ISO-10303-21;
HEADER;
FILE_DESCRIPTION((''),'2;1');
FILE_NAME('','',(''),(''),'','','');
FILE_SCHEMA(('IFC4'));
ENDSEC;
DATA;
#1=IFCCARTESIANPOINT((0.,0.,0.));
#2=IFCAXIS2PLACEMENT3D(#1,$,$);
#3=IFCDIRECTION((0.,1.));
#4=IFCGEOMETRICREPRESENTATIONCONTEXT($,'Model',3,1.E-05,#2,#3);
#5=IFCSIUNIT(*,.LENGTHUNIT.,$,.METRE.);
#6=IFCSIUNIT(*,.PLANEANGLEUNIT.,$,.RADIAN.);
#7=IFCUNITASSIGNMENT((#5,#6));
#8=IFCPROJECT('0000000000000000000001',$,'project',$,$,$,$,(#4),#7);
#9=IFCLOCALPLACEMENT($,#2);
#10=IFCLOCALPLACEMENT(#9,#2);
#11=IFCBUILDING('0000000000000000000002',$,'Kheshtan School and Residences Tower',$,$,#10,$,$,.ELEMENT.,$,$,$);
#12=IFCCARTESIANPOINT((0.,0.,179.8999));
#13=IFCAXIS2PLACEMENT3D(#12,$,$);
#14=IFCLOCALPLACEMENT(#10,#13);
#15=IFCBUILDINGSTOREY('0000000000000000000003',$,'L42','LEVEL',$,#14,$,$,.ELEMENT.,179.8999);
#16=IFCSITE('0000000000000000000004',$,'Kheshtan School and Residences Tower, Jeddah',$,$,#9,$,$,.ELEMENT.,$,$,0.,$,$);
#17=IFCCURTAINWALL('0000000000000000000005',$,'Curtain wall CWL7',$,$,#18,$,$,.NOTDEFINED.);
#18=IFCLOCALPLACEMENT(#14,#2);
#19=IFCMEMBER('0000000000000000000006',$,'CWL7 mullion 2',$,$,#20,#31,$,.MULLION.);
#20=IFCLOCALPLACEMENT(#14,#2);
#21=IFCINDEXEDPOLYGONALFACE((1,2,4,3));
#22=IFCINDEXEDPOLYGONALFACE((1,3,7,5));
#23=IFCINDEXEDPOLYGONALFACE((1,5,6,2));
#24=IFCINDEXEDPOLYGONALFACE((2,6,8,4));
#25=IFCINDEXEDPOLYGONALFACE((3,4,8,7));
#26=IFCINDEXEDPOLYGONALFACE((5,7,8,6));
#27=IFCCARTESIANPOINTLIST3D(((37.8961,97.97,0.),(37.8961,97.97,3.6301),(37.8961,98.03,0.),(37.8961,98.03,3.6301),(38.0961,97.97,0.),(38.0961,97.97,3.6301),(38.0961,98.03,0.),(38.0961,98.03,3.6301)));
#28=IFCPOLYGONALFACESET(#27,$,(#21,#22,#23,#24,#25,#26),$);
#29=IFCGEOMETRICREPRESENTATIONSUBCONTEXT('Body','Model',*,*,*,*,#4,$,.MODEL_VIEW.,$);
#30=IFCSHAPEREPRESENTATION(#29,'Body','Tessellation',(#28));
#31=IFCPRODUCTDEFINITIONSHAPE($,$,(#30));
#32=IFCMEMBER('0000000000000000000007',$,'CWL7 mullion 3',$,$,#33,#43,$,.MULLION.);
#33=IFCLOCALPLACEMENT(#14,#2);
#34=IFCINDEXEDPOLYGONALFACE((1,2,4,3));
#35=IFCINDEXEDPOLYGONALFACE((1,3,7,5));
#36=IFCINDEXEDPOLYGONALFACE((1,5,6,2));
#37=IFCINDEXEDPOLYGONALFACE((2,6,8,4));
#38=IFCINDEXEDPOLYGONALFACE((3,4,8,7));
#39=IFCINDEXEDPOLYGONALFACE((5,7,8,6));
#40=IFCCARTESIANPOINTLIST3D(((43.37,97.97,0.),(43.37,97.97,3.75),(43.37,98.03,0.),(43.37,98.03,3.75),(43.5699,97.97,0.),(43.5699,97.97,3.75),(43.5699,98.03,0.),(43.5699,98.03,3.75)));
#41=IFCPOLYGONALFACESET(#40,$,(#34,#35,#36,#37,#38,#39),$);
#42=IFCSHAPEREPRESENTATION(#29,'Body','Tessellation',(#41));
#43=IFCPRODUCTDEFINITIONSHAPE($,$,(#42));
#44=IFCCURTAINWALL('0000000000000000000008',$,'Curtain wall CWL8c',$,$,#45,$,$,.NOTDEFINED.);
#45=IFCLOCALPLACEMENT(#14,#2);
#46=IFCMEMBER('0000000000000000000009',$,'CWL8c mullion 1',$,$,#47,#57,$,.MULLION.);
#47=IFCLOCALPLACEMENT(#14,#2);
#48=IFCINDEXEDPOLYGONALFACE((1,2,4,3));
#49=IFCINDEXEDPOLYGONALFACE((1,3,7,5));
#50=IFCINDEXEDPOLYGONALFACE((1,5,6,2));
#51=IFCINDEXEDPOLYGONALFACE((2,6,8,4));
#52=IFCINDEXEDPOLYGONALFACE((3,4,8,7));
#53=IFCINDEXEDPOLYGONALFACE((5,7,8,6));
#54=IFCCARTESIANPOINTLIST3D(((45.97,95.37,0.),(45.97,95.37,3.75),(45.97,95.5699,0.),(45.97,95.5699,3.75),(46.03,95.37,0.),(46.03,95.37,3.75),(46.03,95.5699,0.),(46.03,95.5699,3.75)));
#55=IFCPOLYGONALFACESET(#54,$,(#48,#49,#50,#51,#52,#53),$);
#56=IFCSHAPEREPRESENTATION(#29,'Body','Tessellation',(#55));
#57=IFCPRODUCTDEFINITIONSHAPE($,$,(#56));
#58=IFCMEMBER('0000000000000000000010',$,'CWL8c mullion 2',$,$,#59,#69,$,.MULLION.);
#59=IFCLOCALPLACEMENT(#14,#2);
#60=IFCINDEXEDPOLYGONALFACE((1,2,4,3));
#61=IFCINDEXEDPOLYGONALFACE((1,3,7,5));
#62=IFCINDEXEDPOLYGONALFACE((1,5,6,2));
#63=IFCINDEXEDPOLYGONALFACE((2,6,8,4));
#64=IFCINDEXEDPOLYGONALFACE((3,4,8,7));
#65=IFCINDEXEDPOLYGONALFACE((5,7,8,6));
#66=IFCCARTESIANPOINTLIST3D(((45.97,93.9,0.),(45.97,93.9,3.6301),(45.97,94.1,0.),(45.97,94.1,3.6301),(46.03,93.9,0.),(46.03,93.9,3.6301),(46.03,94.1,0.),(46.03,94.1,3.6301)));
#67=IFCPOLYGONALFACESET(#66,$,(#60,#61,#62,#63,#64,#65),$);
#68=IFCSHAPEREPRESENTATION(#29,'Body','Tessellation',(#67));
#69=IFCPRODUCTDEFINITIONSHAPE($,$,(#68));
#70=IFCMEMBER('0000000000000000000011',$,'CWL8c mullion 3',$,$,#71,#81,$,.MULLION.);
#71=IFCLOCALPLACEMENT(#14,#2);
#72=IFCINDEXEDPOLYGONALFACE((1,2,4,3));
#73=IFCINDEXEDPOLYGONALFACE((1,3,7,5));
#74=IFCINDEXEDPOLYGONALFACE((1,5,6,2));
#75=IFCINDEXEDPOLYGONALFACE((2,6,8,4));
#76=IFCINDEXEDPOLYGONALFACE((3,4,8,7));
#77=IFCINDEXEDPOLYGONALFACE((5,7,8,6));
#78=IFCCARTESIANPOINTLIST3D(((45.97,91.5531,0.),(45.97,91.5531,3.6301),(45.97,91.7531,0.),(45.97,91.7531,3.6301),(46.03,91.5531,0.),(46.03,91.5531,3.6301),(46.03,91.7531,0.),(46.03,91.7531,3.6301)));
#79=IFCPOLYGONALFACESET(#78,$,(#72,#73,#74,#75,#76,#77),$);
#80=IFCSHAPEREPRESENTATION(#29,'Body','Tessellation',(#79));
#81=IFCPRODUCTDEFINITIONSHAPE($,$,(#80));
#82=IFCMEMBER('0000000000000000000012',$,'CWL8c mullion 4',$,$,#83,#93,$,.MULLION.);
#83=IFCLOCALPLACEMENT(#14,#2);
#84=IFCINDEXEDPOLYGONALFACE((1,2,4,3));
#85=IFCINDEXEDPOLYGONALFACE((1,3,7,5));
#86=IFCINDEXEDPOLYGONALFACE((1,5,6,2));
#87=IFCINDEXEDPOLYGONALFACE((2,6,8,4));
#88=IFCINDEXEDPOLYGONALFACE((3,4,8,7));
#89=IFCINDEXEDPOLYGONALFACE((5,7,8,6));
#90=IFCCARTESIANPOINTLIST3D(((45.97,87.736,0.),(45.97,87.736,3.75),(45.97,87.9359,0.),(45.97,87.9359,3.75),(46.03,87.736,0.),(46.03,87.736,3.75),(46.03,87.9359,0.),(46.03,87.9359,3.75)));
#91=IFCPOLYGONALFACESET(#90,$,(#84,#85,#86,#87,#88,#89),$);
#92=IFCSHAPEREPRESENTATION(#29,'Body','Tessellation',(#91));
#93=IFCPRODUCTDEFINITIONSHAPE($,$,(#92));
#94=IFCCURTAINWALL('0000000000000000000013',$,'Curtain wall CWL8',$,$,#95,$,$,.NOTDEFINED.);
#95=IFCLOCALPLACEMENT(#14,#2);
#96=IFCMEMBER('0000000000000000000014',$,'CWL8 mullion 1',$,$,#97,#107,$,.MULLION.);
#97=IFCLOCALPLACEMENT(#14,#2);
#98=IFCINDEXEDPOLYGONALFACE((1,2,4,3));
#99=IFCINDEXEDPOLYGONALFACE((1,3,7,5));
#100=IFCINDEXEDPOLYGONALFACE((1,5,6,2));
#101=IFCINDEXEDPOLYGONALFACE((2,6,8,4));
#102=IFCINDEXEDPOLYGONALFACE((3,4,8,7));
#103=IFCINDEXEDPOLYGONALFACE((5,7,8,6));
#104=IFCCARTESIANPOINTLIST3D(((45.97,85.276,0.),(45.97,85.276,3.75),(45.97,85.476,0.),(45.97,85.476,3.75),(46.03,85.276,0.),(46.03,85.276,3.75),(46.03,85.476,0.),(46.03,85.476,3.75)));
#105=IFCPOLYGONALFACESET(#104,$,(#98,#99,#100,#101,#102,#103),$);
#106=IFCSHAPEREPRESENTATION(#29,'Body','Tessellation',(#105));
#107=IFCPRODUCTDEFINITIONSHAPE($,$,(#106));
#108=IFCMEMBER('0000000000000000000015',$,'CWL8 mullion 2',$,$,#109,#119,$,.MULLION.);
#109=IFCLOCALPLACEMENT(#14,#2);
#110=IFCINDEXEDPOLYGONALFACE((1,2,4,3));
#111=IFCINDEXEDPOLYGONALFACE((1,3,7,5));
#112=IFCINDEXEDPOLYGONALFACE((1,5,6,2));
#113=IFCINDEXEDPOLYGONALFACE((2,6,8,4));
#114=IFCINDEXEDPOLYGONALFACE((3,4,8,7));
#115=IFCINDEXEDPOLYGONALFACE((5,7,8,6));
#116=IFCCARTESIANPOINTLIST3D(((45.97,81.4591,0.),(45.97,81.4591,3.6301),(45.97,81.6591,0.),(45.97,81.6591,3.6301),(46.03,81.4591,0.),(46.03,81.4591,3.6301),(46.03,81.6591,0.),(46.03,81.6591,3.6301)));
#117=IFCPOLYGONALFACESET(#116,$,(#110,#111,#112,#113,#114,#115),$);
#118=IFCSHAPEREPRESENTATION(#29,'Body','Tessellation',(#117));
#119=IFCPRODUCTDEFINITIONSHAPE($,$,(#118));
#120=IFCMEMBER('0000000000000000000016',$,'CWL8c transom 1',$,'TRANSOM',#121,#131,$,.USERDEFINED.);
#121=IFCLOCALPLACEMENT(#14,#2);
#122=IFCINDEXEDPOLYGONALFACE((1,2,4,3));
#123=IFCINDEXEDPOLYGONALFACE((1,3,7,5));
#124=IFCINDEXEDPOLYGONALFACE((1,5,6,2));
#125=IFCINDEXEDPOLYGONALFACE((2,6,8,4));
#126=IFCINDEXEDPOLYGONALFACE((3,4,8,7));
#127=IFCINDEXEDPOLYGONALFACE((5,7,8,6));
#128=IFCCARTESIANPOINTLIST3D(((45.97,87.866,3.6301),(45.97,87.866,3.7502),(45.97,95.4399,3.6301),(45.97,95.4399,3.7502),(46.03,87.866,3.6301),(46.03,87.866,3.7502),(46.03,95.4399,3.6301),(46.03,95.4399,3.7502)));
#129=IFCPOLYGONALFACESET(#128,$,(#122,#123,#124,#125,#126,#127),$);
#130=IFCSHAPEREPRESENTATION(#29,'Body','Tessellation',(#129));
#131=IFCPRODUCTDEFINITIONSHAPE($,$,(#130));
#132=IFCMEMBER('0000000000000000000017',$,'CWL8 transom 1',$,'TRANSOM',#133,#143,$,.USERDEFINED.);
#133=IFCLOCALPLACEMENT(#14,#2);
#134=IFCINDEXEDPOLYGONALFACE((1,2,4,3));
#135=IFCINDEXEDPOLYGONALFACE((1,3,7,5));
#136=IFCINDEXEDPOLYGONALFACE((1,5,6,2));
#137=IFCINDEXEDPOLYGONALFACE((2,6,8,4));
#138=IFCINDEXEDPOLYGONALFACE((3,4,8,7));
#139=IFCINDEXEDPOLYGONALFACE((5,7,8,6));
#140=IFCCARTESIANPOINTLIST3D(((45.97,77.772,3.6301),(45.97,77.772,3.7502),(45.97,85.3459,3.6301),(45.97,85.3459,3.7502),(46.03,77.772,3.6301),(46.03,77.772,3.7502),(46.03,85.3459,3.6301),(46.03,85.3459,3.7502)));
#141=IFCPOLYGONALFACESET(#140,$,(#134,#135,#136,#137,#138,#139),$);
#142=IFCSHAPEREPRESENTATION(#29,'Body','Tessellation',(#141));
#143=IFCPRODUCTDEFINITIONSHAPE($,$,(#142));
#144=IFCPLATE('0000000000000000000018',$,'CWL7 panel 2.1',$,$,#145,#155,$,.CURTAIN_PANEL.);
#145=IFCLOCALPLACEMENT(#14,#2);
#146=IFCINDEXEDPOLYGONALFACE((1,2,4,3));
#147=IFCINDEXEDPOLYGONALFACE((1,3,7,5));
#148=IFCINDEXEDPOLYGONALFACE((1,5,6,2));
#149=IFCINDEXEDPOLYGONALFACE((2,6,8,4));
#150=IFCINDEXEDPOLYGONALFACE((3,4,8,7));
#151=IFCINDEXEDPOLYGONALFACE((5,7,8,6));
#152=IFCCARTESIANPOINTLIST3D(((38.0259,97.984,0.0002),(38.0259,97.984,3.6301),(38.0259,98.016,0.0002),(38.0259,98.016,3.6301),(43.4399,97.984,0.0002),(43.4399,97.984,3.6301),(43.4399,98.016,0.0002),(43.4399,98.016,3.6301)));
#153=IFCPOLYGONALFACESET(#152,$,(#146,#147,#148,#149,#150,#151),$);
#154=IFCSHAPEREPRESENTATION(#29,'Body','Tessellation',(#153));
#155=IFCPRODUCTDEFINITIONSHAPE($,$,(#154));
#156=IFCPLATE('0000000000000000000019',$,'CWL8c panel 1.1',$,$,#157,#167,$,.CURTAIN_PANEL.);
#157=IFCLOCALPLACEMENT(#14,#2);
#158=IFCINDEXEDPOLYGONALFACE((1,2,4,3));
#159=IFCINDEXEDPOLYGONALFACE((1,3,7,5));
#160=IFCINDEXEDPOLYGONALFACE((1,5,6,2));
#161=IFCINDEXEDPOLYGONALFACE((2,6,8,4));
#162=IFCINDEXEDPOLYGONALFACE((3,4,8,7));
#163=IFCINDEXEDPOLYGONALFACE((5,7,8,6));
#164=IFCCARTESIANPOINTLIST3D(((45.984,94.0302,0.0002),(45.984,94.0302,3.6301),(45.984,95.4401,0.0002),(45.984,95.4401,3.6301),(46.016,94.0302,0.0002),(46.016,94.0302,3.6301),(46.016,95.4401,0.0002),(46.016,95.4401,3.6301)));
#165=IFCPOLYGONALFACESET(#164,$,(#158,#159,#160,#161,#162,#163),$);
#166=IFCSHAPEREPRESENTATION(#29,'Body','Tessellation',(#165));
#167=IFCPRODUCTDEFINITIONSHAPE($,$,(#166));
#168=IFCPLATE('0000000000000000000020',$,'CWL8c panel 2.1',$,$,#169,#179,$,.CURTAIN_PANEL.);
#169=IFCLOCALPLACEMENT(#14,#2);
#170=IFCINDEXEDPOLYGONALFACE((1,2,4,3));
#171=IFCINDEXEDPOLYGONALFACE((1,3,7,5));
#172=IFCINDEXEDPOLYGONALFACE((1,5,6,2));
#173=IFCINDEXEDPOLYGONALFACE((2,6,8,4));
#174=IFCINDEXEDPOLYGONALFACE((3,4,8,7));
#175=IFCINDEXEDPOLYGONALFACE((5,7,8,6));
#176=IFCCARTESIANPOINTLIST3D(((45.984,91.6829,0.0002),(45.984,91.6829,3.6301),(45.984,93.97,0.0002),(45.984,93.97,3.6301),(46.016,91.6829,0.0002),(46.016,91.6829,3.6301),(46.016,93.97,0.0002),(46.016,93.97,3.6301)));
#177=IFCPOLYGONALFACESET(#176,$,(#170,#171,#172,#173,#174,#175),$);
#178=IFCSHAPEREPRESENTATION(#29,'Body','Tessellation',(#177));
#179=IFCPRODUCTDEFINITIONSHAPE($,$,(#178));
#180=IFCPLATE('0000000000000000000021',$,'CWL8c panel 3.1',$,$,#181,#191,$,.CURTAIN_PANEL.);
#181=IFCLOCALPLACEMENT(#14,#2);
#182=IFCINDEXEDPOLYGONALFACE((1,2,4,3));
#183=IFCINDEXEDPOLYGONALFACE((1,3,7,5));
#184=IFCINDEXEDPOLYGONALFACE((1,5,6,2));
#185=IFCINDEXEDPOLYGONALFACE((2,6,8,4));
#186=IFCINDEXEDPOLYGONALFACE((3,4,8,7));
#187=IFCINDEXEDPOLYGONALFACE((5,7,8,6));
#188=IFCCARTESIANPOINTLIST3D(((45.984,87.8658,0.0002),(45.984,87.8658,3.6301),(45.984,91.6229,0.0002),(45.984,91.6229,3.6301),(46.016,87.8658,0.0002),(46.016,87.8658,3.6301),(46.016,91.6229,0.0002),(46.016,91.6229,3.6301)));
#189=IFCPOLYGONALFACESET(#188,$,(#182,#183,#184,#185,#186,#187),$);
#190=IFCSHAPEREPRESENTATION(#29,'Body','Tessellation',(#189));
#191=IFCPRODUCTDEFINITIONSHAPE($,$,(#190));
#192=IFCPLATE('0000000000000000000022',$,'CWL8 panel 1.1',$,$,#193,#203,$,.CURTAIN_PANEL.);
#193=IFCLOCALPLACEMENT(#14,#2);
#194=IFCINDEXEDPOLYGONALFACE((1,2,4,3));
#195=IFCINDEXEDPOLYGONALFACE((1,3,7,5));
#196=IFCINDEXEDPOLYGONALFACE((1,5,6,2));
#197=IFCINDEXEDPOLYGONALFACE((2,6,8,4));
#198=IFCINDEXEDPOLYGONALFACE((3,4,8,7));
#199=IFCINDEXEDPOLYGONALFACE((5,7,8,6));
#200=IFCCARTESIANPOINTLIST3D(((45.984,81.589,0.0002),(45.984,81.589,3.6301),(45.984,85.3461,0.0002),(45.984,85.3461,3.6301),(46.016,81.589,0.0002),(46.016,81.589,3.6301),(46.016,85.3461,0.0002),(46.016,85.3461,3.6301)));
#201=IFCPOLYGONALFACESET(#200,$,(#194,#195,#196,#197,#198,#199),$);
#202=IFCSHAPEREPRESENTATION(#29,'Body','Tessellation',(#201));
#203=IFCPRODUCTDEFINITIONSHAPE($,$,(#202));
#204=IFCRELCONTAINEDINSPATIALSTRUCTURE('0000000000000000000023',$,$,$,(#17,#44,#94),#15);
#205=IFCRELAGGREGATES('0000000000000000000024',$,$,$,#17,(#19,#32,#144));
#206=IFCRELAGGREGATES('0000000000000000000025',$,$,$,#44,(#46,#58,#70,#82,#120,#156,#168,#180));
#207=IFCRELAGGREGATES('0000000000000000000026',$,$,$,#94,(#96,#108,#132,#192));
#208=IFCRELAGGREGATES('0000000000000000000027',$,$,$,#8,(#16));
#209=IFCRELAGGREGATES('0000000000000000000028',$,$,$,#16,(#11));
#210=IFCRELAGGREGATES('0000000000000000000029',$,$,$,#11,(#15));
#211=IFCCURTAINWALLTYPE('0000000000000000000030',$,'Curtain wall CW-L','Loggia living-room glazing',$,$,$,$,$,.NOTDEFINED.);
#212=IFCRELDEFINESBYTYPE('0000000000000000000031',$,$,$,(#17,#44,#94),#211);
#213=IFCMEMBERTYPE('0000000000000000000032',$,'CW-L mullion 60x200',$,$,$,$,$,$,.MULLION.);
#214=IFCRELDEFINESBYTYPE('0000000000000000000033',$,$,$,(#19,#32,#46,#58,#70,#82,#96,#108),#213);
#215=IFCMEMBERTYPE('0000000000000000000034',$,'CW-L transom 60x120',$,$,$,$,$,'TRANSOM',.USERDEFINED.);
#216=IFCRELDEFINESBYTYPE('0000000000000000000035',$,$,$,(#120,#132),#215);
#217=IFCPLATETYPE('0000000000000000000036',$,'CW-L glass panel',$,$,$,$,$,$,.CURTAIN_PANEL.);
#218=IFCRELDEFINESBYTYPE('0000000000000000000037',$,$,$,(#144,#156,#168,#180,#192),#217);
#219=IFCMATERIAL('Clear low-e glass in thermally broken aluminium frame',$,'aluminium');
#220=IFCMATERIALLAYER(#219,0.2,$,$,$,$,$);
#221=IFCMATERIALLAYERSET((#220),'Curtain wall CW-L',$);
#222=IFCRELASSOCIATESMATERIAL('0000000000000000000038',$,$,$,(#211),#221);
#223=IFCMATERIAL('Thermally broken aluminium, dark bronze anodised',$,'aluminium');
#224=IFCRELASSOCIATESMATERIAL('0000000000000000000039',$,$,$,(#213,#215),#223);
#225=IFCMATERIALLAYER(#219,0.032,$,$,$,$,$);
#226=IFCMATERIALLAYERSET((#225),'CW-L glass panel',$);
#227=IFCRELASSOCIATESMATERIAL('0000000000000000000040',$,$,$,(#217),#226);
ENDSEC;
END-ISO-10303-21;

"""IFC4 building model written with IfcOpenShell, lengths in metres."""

from ifc_helpers import new_model, si_unit, direction, frame, origin, origin_2d, place, context, subcontext, project, spatial, rectangle, extrude, material, layer, layer_set, material_profile, profile_set, type_object, element, aggregate, save


model = new_model("IFC4")

# Units and contexts
model_context = context("Model", 3, precision=1e-05, world=origin(), true_north=direction((0.0, 1.0)))
body_context = subcontext(model_context, "Body", "Model", "MODEL_VIEW")
ifc_project = project(units=[si_unit("LENGTHUNIT", "METRE"), si_unit("PLANEANGLEUNIT", "RADIAN")], contexts=[model_context])

# Site, building, storey
site_placement = place(None, origin())
site = spatial("IfcSite", under=ifc_project, at=site_placement, Name="Kheshtan School and Residences Tower, Jeddah", CompositionType="ELEMENT", RefElevation=0.0)
building_placement = place(site_placement, origin())
building = spatial("IfcBuilding", under=site, at=building_placement, Name="Kheshtan School and Residences Tower", CompositionType="ELEMENT")
storey_placement = place(building_placement, frame((0.0, 0.0, 179.8999)))
storey = spatial("IfcBuildingStorey", under=building, at=storey_placement, Name="L42", Description="LEVEL", CompositionType="ELEMENT", Elevation=179.8999)

# Curtain walls, members
ifc_material_1 = material(Name="Clear low-e glass in thermally broken aluminium frame", Category="aluminium")
ifc_layer_1 = layer(ifc_material_1, 0.2)
ifc_layer_set_1 = layer_set([ifc_layer_1], Name="Curtain wall CW-L")
curtain_wall_type = type_object("IfcCurtainWallType", Name="Curtain wall CW-L", Description="Loggia living-room glazing", PredefinedType="NOTDEFINED", material=ifc_layer_set_1)
curtain_wall_1_placement = place(storey_placement, origin())
curtain_wall_1 = element("IfcCurtainWall", 1, at=curtain_wall_1_placement, inside=storey, type_object=curtain_wall_type, Name="Curtain wall CWL7", PredefinedType="NOTDEFINED")
ifc_material_2 = material(Name="Thermally broken aluminium, dark bronze anodised", Category="aluminium")
ifc_material_profile_1 = material_profile(ifc_material_2, rectangle(XDim=0.0601, YDim=0.2, at=origin_2d()), Name="CW-L mullion 60x200")
ifc_profile_set_1 = profile_set([ifc_material_profile_1], Name="Thermally broken aluminium, dark bronze anodised")
member_type_1 = type_object("IfcMemberType", Name="CW-L mullion 60x200", PredefinedType="MULLION", material=ifc_profile_set_1)
member_1_placement = place(storey_placement, frame((37.9961, 98.0, 0.0), z_axis=(0.0, 0.0, 1.0), x_axis=(0.0, 1.0, 0.0)))
member_1 = element("IfcMember", 2, at=member_1_placement, type_object=member_type_1, Name="CWL7 mullion 2", PredefinedType="MULLION", context=body_context, shape_type="SweptSolid", body=[
    extrude(rectangle(XDim=0.0601, YDim=0.2, at=origin_2d()), origin(), (0.0, 0.0, 1.0), 3.6301),
])
member_2_placement = place(storey_placement, frame((43.47, 98.0, 0.0), z_axis=(0.0, 0.0, 1.0), x_axis=(0.0, 1.0, 0.0)))
member_2 = element("IfcMember", 3, at=member_2_placement, type_object=member_type_1, Name="CWL7 mullion 3", PredefinedType="MULLION", context=body_context, shape_type="SweptSolid", body=[
    extrude(rectangle(XDim=0.0601, YDim=0.2, at=origin_2d()), origin(), (0.0, 0.0, 1.0), 3.75),
])
curtain_wall_2_placement = place(storey_placement, origin())
curtain_wall_2 = element("IfcCurtainWall", 4, at=curtain_wall_2_placement, inside=storey, type_object=curtain_wall_type, Name="Curtain wall CWL8c", PredefinedType="NOTDEFINED")
member_3_placement = place(storey_placement, frame((46.0, 95.47, 0.0), z_axis=(0.0, 0.0, 1.0), x_axis=(1.0, 0.0, 0.0)))
member_3 = element("IfcMember", 5, at=member_3_placement, type_object=member_type_1, Name="CWL8c mullion 1", PredefinedType="MULLION", context=body_context, shape_type="SweptSolid", body=[
    extrude(rectangle(XDim=0.0601, YDim=0.2, at=origin_2d()), origin(), (0.0, 0.0, 1.0), 3.75),
])
member_4_placement = place(storey_placement, frame((46.0, 94.0, 0.0), z_axis=(0.0, 0.0, 1.0), x_axis=(1.0, 0.0, 0.0)))
member_4 = element("IfcMember", 6, at=member_4_placement, type_object=member_type_1, Name="CWL8c mullion 2", PredefinedType="MULLION", context=body_context, shape_type="SweptSolid", body=[
    extrude(rectangle(XDim=0.0601, YDim=0.2, at=origin_2d()), origin(), (0.0, 0.0, 1.0), 3.6301),
])
member_5_placement = place(storey_placement, frame((46.0, 91.6531, 0.0), z_axis=(0.0, 0.0, 1.0), x_axis=(1.0, 0.0, 0.0)))
member_5 = element("IfcMember", 7, at=member_5_placement, type_object=member_type_1, Name="CWL8c mullion 3", PredefinedType="MULLION", context=body_context, shape_type="SweptSolid", body=[
    extrude(rectangle(XDim=0.0601, YDim=0.2, at=origin_2d()), origin(), (0.0, 0.0, 1.0), 3.6301),
])
member_6_placement = place(storey_placement, frame((46.0, 87.8359, 0.0), z_axis=(0.0, 0.0, 1.0), x_axis=(1.0, 0.0, 0.0)))
member_6 = element("IfcMember", 8, at=member_6_placement, type_object=member_type_1, Name="CWL8c mullion 4", PredefinedType="MULLION", context=body_context, shape_type="SweptSolid", body=[
    extrude(rectangle(XDim=0.0601, YDim=0.2, at=origin_2d()), origin(), (0.0, 0.0, 1.0), 3.75),
])
curtain_wall_3_placement = place(storey_placement, origin())
curtain_wall_3 = element("IfcCurtainWall", 9, at=curtain_wall_3_placement, inside=storey, type_object=curtain_wall_type, Name="Curtain wall CWL8", PredefinedType="NOTDEFINED")
member_7_placement = place(storey_placement, frame((46.0, 85.376, 0.0), z_axis=(0.0, 0.0, 1.0), x_axis=(1.0, 0.0, 0.0)))
member_7 = element("IfcMember", 10, at=member_7_placement, type_object=member_type_1, Name="CWL8 mullion 1", PredefinedType="MULLION", context=body_context, shape_type="SweptSolid", body=[
    extrude(rectangle(XDim=0.0601, YDim=0.2, at=origin_2d()), origin(), (0.0, 0.0, 1.0), 3.75),
])
member_8_placement = place(storey_placement, frame((46.0, 81.5591, 0.0), z_axis=(0.0, 0.0, 1.0), x_axis=(1.0, 0.0, 0.0)))
member_8 = element("IfcMember", 11, at=member_8_placement, type_object=member_type_1, Name="CWL8 mullion 2", PredefinedType="MULLION", context=body_context, shape_type="SweptSolid", body=[
    extrude(rectangle(XDim=0.0601, YDim=0.2, at=origin_2d()), origin(), (0.0, 0.0, 1.0), 3.6301),
])

# Members
ifc_material_profile_2 = material_profile(ifc_material_2, rectangle(XDim=0.0601, YDim=0.1201, at=origin_2d()), Name="CW-L transom 60x120")
ifc_profile_set_2 = profile_set([ifc_material_profile_2], Name="Thermally broken aluminium, dark bronze anodised")
member_type_2 = type_object("IfcMemberType", Name="CW-L transom 60x120", ElementType="TRANSOM", PredefinedType="USERDEFINED", material=ifc_profile_set_2)
member_9_placement = place(storey_placement, frame((46.0, 95.4399, 3.6902), z_axis=(0.0, -1.0, 0.0), x_axis=(1.0, 0.0, 0.0)))
member_9 = element("IfcMember", 12, at=member_9_placement, type_object=member_type_2, Name="CWL8c transom 1", ObjectType="TRANSOM", PredefinedType="USERDEFINED", context=body_context, shape_type="SweptSolid", body=[
    extrude(rectangle(XDim=0.0601, YDim=0.1201, at=origin_2d()), origin(), (0.0, 0.0, 1.0), 7.574),
])
member_10_placement = place(storey_placement, frame((46.0, 85.3459, 3.6902), z_axis=(0.0, -1.0, 0.0), x_axis=(1.0, 0.0, 0.0)))
member_10 = element("IfcMember", 13, at=member_10_placement, type_object=member_type_2, Name="CWL8 transom 1", ObjectType="TRANSOM", PredefinedType="USERDEFINED", context=body_context, shape_type="SweptSolid", body=[
    extrude(rectangle(XDim=0.0601, YDim=0.1201, at=origin_2d()), origin(), (0.0, 0.0, 1.0), 7.574),
])

# Plates
ifc_layer_2 = layer(ifc_material_1, 0.032)
ifc_layer_set_2 = layer_set([ifc_layer_2], Name="CW-L glass panel")
plate_type = type_object("IfcPlateType", Name="CW-L glass panel", PredefinedType="CURTAIN_PANEL", material=ifc_layer_set_2)
plate_1_placement = place(storey_placement, frame((40.7329, 98.0, 0.0002), z_axis=(0.0, 0.0, 1.0), x_axis=(1.0, 0.0, 0.0)))
plate_1 = element("IfcPlate", 14, at=plate_1_placement, type_object=plate_type, Name="CWL7 panel 2.1", PredefinedType="CURTAIN_PANEL", context=body_context, shape_type="SweptSolid", body=[
    extrude(rectangle(XDim=5.4141, YDim=0.032, at=origin_2d()), origin(), (0.0, 0.0, 1.0), 3.6299),
])
aggregate(curtain_wall_1, [member_1, member_2, plate_1])
plate_2_placement = place(storey_placement, frame((46.0, 94.7351, 0.0002), z_axis=(0.0, 0.0, 1.0), x_axis=(0.0, -1.0, 0.0)))
plate_2 = element("IfcPlate", 15, at=plate_2_placement, type_object=plate_type, Name="CWL8c panel 1.1", PredefinedType="CURTAIN_PANEL", context=body_context, shape_type="SweptSolid", body=[
    extrude(rectangle(XDim=1.4099, YDim=0.032, at=origin_2d()), origin(), (0.0, 0.0, 1.0), 3.6299),
])
plate_3_placement = place(storey_placement, frame((46.0, 92.8264, 0.0002), z_axis=(0.0, 0.0, 1.0), x_axis=(0.0, -1.0, 0.0)))
plate_3 = element("IfcPlate", 16, at=plate_3_placement, type_object=plate_type, Name="CWL8c panel 2.1", PredefinedType="CURTAIN_PANEL", context=body_context, shape_type="SweptSolid", body=[
    extrude(rectangle(XDim=2.2871, YDim=0.032, at=origin_2d()), origin(), (0.0, 0.0, 1.0), 3.6299),
])
plate_4_placement = place(storey_placement, frame((46.0, 89.7444, 0.0002), z_axis=(0.0, 0.0, 1.0), x_axis=(0.0, -1.0, 0.0)))
plate_4 = element("IfcPlate", 17, at=plate_4_placement, type_object=plate_type, Name="CWL8c panel 3.1", PredefinedType="CURTAIN_PANEL", context=body_context, shape_type="SweptSolid", body=[
    extrude(rectangle(XDim=3.7571, YDim=0.032, at=origin_2d()), origin(), (0.0, 0.0, 1.0), 3.6299),
])
aggregate(curtain_wall_2, [member_3, member_4, member_5, member_6, member_9, plate_2, plate_3, plate_4])
plate_5_placement = place(storey_placement, frame((46.0, 83.4675, 0.0002), z_axis=(0.0, 0.0, 1.0), x_axis=(0.0, -1.0, 0.0)))
plate_5 = element("IfcPlate", 18, at=plate_5_placement, type_object=plate_type, Name="CWL8 panel 1.1", PredefinedType="CURTAIN_PANEL", context=body_context, shape_type="SweptSolid", body=[
    extrude(rectangle(XDim=3.7571, YDim=0.032, at=origin_2d()), origin(), (0.0, 0.0, 1.0), 3.6299),
])
aggregate(curtain_wall_3, [member_7, member_8, member_10, plate_5])

save(model, "model.ifc")
